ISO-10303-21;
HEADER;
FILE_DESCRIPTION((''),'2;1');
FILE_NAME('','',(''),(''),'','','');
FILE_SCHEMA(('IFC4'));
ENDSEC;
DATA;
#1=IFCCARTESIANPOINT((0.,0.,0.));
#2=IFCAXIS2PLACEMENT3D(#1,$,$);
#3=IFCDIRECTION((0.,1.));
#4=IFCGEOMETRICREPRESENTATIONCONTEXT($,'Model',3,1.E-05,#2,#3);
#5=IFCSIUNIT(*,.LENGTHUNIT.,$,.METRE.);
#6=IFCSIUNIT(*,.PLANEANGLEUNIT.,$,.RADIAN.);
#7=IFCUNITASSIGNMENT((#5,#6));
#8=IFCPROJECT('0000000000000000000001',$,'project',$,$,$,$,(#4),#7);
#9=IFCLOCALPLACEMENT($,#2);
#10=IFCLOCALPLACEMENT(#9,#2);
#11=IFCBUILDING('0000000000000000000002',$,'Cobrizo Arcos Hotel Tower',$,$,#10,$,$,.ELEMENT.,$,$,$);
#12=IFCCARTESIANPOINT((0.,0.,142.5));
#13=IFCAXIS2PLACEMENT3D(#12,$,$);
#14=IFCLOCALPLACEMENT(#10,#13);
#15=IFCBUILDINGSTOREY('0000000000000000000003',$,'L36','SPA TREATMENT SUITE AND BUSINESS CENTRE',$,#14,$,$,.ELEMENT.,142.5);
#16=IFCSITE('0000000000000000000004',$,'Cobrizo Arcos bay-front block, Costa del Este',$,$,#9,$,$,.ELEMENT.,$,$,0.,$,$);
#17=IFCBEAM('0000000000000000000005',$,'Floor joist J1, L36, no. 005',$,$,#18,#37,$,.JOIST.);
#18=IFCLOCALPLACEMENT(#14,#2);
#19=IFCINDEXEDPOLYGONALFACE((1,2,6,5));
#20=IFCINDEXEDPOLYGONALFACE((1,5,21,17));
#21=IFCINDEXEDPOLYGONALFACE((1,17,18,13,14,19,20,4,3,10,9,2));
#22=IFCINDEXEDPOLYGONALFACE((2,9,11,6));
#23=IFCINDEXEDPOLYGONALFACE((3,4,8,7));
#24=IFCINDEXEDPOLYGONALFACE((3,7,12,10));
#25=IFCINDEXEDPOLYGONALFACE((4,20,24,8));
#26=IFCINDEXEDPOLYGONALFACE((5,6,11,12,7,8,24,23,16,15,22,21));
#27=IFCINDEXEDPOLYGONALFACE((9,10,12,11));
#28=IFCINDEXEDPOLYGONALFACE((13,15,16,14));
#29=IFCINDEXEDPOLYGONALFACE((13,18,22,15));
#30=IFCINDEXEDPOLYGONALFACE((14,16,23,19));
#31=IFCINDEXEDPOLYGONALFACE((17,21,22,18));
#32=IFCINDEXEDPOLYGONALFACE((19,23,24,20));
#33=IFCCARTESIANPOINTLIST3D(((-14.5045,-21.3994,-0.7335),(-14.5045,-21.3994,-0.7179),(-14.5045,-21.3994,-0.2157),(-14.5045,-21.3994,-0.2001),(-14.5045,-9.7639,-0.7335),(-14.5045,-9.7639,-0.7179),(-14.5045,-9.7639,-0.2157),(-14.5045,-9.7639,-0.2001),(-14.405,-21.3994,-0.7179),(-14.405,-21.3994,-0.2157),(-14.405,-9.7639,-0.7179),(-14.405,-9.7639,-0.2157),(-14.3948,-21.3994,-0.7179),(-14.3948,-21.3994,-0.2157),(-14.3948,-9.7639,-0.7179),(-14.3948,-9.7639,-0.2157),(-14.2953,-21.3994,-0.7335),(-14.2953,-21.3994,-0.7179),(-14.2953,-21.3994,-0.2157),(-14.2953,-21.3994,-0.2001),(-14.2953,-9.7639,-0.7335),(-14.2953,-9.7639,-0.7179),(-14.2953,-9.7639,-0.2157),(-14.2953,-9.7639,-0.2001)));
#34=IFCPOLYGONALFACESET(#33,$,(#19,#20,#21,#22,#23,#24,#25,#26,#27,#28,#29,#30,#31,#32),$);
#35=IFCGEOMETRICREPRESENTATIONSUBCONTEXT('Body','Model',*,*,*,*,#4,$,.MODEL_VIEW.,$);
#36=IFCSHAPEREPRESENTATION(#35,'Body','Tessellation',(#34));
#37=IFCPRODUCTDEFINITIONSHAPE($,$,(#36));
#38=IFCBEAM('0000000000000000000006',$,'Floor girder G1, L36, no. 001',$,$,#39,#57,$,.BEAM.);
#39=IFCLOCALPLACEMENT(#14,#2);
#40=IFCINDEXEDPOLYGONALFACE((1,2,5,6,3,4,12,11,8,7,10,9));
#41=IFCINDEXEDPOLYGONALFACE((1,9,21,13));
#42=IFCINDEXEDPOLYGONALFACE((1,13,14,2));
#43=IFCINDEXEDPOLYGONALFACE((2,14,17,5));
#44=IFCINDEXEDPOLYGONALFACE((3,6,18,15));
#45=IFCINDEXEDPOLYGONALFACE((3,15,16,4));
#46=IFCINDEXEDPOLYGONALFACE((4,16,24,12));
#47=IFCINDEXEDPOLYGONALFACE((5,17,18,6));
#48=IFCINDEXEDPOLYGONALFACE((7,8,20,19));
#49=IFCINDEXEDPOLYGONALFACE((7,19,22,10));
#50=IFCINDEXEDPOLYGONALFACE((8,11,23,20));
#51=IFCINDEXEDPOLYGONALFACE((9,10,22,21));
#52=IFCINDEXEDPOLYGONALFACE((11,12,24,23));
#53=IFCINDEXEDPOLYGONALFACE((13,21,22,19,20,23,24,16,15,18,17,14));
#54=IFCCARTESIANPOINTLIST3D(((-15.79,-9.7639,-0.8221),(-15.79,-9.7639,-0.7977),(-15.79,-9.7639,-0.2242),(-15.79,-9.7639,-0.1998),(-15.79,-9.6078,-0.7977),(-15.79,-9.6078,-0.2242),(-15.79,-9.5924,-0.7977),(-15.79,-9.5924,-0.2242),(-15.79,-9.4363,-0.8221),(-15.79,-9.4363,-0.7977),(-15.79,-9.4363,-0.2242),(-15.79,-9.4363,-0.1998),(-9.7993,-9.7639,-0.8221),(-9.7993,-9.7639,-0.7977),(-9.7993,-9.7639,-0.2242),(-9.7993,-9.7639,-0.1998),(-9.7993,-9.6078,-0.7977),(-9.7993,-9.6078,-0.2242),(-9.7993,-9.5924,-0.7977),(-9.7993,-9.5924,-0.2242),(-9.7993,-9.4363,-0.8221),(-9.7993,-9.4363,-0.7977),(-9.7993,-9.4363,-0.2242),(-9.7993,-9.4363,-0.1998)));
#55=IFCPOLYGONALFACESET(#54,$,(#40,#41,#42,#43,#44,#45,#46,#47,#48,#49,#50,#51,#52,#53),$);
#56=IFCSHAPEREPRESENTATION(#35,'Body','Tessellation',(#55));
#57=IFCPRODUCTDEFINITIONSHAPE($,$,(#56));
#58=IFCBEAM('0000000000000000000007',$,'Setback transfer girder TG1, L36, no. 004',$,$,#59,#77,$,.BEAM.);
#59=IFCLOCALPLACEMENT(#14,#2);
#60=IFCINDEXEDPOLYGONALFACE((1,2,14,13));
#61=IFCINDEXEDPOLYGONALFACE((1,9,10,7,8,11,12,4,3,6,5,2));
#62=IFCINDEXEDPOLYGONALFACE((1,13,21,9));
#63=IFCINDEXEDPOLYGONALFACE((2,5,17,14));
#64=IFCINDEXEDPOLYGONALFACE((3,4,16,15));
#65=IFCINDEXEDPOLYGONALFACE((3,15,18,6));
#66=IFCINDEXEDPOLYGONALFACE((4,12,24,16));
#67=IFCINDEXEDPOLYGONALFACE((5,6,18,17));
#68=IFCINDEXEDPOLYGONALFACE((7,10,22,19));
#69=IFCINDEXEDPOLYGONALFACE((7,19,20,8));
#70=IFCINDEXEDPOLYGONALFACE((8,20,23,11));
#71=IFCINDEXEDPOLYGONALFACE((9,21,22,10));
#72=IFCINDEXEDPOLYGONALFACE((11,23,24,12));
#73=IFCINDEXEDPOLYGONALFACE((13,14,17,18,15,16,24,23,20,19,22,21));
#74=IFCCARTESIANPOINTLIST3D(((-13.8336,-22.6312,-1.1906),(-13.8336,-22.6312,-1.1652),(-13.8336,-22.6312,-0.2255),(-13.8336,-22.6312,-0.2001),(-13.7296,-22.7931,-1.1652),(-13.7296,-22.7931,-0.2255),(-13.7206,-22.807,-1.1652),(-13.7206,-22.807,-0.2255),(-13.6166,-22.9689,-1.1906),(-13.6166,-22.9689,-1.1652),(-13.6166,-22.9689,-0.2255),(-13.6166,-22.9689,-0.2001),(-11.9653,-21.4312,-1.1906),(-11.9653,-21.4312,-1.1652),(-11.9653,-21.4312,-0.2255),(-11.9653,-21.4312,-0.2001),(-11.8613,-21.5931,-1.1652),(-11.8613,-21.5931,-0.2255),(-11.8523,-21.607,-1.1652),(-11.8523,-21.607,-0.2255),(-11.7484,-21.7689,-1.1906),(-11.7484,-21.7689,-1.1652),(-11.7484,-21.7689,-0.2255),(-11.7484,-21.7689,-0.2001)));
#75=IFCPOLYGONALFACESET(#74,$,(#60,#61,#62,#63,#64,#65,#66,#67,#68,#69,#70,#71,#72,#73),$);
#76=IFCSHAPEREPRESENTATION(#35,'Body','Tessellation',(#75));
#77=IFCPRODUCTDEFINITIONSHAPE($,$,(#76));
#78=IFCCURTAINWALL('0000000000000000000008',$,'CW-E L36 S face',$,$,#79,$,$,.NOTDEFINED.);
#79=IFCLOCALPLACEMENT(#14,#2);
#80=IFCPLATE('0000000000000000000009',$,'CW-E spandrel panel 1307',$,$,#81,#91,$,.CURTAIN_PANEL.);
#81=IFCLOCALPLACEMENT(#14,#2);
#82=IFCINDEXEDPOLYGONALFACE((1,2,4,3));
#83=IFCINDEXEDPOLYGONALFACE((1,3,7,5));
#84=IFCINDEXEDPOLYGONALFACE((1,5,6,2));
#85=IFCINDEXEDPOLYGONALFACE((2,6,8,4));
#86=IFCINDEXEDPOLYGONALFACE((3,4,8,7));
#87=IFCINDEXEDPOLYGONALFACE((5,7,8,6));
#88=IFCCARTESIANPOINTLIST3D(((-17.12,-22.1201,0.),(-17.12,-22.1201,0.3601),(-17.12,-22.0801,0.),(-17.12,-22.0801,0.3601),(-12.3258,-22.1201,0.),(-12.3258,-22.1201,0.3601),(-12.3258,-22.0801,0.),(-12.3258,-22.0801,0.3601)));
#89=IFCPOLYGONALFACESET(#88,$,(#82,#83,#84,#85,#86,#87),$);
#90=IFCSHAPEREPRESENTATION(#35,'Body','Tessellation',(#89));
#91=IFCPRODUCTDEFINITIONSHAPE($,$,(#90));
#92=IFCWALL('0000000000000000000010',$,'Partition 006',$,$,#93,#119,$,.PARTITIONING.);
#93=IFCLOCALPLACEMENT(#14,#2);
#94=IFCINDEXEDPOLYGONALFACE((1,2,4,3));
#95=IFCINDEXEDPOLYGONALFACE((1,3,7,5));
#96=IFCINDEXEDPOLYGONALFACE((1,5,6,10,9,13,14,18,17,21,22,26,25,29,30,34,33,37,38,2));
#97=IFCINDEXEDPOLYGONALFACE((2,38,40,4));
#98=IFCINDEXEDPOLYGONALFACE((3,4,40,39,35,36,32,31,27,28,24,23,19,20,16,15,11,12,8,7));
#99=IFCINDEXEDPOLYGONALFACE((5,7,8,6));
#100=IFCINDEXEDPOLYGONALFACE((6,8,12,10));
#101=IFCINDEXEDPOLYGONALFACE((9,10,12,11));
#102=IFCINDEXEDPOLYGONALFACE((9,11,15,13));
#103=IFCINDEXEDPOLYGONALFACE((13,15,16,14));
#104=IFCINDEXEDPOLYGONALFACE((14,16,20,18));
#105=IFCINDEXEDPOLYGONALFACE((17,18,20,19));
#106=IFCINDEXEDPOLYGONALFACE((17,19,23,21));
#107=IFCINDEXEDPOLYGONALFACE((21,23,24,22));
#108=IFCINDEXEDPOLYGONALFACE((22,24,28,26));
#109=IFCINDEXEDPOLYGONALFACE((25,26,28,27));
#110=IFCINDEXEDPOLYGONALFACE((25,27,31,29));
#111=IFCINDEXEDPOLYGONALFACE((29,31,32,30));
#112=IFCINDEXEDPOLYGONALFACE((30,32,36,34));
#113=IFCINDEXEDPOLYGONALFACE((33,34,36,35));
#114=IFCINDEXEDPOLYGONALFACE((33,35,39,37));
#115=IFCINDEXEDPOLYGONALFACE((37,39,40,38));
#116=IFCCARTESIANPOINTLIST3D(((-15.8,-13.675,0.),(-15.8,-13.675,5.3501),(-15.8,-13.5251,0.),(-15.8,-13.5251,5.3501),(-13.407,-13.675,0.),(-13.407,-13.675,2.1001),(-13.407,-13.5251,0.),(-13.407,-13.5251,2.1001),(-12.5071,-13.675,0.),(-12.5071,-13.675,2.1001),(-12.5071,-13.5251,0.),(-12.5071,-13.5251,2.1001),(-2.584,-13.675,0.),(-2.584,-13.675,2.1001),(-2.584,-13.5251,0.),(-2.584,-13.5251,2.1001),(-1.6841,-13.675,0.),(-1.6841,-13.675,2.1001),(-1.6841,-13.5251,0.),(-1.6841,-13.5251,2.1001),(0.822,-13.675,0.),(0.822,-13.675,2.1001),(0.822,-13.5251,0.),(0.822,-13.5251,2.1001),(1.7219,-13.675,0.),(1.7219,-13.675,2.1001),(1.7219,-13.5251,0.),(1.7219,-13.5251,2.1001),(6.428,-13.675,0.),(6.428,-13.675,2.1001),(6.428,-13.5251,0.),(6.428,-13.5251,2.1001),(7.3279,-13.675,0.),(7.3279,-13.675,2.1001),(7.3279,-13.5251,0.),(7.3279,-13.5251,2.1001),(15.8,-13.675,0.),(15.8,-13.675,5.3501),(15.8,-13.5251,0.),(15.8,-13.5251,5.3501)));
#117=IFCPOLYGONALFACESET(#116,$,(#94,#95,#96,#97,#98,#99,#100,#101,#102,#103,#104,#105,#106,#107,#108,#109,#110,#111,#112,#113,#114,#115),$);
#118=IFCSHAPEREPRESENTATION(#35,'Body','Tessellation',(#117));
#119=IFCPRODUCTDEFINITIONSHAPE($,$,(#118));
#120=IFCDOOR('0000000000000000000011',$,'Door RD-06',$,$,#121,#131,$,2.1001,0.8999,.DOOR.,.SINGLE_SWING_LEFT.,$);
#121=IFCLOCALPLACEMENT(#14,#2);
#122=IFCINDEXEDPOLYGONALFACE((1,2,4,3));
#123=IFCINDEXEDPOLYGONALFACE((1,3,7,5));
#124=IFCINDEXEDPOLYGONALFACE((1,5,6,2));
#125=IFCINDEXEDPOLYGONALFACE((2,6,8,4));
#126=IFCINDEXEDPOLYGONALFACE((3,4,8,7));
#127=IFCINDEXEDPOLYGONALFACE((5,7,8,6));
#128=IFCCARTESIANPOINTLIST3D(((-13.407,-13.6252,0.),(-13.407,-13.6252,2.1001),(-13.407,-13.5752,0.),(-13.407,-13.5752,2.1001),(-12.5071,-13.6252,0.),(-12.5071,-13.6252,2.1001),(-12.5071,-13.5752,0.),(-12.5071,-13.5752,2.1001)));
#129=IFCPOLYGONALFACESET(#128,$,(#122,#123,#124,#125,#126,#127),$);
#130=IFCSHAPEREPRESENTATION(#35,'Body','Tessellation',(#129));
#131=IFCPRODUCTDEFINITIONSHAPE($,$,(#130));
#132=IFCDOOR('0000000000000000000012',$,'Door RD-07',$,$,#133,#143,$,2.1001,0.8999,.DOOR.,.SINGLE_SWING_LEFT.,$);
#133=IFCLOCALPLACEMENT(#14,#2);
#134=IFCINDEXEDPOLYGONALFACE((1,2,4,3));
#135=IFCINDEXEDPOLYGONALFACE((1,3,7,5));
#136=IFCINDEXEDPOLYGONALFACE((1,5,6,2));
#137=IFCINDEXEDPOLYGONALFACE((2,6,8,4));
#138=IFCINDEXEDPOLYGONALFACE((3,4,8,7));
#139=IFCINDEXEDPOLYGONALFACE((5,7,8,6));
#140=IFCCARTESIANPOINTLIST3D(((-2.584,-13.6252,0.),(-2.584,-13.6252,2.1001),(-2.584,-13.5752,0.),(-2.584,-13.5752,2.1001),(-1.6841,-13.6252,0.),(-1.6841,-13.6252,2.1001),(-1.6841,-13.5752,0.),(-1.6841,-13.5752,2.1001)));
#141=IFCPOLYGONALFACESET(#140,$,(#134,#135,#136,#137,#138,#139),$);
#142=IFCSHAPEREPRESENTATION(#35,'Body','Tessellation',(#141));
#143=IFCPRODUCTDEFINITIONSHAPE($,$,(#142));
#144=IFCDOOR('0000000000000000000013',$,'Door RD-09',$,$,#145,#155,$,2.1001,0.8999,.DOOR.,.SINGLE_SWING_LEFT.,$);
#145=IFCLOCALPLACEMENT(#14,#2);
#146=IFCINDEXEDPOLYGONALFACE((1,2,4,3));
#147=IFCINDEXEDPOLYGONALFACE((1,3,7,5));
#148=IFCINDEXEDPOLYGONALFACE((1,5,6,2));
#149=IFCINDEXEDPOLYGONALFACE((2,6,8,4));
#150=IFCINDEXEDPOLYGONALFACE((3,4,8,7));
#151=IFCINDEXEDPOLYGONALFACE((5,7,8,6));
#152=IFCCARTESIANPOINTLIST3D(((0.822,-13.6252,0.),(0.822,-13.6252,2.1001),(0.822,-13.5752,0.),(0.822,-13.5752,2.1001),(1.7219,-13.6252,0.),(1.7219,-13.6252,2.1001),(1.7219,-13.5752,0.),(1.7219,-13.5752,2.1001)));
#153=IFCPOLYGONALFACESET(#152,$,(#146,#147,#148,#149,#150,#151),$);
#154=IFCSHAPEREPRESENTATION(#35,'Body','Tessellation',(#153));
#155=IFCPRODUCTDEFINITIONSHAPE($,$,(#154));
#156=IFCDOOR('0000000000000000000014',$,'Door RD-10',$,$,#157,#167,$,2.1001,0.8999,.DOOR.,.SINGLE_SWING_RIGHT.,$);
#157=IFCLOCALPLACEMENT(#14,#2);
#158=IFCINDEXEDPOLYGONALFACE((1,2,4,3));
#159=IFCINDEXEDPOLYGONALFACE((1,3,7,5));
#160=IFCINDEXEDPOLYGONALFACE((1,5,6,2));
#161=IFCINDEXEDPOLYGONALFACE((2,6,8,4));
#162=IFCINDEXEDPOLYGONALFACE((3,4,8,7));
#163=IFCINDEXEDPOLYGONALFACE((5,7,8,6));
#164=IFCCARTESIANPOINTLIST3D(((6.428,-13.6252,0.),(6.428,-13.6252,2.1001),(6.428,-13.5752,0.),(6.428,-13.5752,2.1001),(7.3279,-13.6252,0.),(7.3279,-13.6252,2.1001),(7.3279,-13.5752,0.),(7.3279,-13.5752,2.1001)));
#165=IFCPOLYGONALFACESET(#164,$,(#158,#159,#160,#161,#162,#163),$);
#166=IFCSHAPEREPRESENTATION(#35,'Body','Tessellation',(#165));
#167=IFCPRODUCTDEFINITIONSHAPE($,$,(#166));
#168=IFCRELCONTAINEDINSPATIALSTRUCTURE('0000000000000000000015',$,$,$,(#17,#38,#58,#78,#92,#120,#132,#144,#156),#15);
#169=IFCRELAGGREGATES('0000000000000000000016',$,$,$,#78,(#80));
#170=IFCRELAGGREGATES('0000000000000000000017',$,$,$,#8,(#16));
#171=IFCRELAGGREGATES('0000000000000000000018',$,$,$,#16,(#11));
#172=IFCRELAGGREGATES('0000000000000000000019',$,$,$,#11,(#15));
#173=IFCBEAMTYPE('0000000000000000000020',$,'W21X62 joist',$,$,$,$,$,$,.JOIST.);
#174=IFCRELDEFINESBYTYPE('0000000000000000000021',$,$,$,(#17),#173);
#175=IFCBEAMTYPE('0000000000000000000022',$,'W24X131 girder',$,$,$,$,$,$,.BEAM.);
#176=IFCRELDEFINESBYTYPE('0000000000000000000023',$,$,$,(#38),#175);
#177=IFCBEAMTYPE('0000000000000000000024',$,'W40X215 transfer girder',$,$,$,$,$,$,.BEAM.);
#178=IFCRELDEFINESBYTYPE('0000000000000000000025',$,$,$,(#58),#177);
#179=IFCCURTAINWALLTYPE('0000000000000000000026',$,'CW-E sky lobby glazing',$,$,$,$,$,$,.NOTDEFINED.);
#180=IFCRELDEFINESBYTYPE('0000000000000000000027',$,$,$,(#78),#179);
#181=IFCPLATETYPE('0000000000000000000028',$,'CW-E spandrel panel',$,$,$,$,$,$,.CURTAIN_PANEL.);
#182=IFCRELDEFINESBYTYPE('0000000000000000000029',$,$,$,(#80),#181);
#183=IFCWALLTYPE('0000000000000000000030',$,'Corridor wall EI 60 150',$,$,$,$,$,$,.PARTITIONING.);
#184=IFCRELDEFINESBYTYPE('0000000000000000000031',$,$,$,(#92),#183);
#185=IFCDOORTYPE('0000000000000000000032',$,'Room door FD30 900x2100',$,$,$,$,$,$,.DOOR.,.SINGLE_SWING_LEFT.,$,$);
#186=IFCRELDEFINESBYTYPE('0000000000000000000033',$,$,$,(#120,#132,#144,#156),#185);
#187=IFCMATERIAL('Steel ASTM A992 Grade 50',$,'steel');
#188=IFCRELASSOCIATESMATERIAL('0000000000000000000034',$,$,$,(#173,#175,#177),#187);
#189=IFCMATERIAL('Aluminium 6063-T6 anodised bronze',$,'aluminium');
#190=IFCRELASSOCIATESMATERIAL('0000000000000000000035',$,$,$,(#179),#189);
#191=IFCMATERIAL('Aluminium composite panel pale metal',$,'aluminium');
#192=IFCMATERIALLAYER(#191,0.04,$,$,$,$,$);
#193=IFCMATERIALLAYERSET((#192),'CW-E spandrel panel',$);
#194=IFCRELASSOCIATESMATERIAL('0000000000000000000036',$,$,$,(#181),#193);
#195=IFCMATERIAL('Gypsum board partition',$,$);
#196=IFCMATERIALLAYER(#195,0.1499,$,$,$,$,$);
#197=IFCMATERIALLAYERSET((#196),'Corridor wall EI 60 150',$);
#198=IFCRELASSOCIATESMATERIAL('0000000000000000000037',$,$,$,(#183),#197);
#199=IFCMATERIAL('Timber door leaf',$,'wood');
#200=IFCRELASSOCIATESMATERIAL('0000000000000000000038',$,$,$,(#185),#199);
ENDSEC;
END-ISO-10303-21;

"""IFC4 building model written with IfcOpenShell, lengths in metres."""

from ifc_helpers import new_model, si_unit, direction, frame, frame_2d, origin, origin_2d, place, context, subcontext, project, spatial, rectangle, i_section, extrude, material, layer, layer_set, material_profile, profile_set, type_object, element, fill, aggregate, save


model = new_model("IFC4")

# Units and contexts
model_context = context("Model", 3, precision=1e-05, world=origin(), true_north=direction((0.0, 1.0)))
body_context = subcontext(model_context, "Body", "Model", "MODEL_VIEW")
ifc_project = project(units=[si_unit("LENGTHUNIT", "METRE"), si_unit("PLANEANGLEUNIT", "RADIAN")], contexts=[model_context])

# Site, building, storey
site_placement = place(None, origin())
site = spatial("IfcSite", under=ifc_project, at=site_placement, Name="Cobrizo Arcos bay-front block, Costa del Este", CompositionType="ELEMENT", RefElevation=0.0)
building_placement = place(site_placement, origin())
building = spatial("IfcBuilding", under=site, at=building_placement, Name="Cobrizo Arcos Hotel Tower", CompositionType="ELEMENT")
storey_placement = place(building_placement, frame((0.0, 0.0, 142.5)))
storey = spatial("IfcBuildingStorey", under=building, at=storey_placement, Name="L36", Description="SPA TREATMENT SUITE AND BUSINESS CENTRE", CompositionType="ELEMENT", Elevation=142.5)

# Beams
ifc_material_1 = material(Name="Steel ASTM A992 Grade 50", Category="steel")
ifc_material_profile_1 = material_profile(ifc_material_1, i_section(OverallWidth=0.2092, OverallDepth=0.5334, WebThickness=0.0103, FlangeThickness=0.0156, at=origin_2d()), Name="W21X62")
ifc_profile_set_1 = profile_set([ifc_material_profile_1], Name="Steel ASTM A992 Grade 50")
beam_type_1 = type_object("IfcBeamType", Name="W21X62 joist", PredefinedType="JOIST", material=ifc_profile_set_1)
beam_1_placement = place(storey_placement, frame((-14.3999, -21.3994, -0.4668), z_axis=(0.0, 1.0, 0.0), x_axis=(-1.0, 0.0, 0.0)))
element("IfcBeam", 1, at=beam_1_placement, inside=storey, type_object=beam_type_1, Name="Floor joist J1, L36, no. 005", PredefinedType="JOIST", context=body_context, shape_type="SweptSolid", body=[
    extrude(i_section(OverallWidth=0.2092, OverallDepth=0.5334, WebThickness=0.0103, FlangeThickness=0.0156, at=origin_2d()), origin(), (0.0, 0.0, 1.0), 11.6355),
])
ifc_material_profile_2 = material_profile(ifc_material_1, i_section(OverallWidth=0.3276, OverallDepth=0.6223, WebThickness=0.0154, FlangeThickness=0.0244, at=origin_2d()), Name="W24X131")
ifc_profile_set_2 = profile_set([ifc_material_profile_2], Name="Steel ASTM A992 Grade 50")
beam_type_2 = type_object("IfcBeamType", Name="W24X131 girder", PredefinedType="BEAM", material=ifc_profile_set_2)
beam_2_placement = place(storey_placement, frame((-15.79, -9.6001, -0.511), z_axis=(1.0, 0.0, 0.0), x_axis=(0.0, 1.0, 0.0)))
element("IfcBeam", 2, at=beam_2_placement, inside=storey, type_object=beam_type_2, Name="Floor girder G1, L36, no. 001", PredefinedType="BEAM", context=body_context, shape_type="SweptSolid", body=[
    extrude(i_section(OverallWidth=0.3276, OverallDepth=0.6223, WebThickness=0.0154, FlangeThickness=0.0244, at=origin_2d()), origin(), (0.0, 0.0, 1.0), 5.9907),
])
ifc_material_profile_3 = material_profile(ifc_material_1, i_section(OverallWidth=0.4014, OverallDepth=0.9905, WebThickness=0.0166, FlangeThickness=0.0254, at=origin_2d()), Name="W40X215")
ifc_profile_set_3 = profile_set([ifc_material_profile_3], Name="Steel ASTM A992 Grade 50")
beam_type_3 = type_object("IfcBeamType", Name="W40X215 transfer girder", PredefinedType="BEAM", material=ifc_profile_set_3)
beam_3_placement = place(storey_placement, frame((-13.7251, -22.8, -0.6953), z_axis=(0.841386, 0.540435, 0.0), x_axis=(-0.540435, 0.841386, 0.0)))
element("IfcBeam", 3, at=beam_3_placement, inside=storey, type_object=beam_type_3, Name="Setback transfer girder TG1, L36, no. 004", PredefinedType="BEAM", context=body_context, shape_type="SweptSolid", body=[
    extrude(i_section(OverallWidth=0.4014, OverallDepth=0.9905, WebThickness=0.0166, FlangeThickness=0.0254, at=origin_2d()), origin(), (0.0, 0.0, 1.0), 2.2205),
])

# Curtain wall, plate
ifc_material_2 = material(Name="Aluminium 6063-T6 anodised bronze", Category="aluminium")
curtain_wall_type = type_object("IfcCurtainWallType", Name="CW-E sky lobby glazing", PredefinedType="NOTDEFINED", material=ifc_material_2)
curtain_wall_placement = place(storey_placement, origin())
curtain_wall = element("IfcCurtainWall", 4, at=curtain_wall_placement, inside=storey, type_object=curtain_wall_type, Name="CW-E L36 S face", PredefinedType="NOTDEFINED")
ifc_material_3 = material(Name="Aluminium composite panel pale metal", Category="aluminium")
ifc_layer_1 = layer(ifc_material_3, 0.04)
ifc_layer_set_1 = layer_set([ifc_layer_1], Name="CW-E spandrel panel")
plate_type = type_object("IfcPlateType", Name="CW-E spandrel panel", PredefinedType="CURTAIN_PANEL", material=ifc_layer_set_1)
plate_placement = place(storey_placement, frame((-14.7229, -22.1001, 0.0), z_axis=(0.0, 0.0, 1.0), x_axis=(1.0, 0.0, 0.0)))
plate = element("IfcPlate", 5, at=plate_placement, type_object=plate_type, Name="CW-E spandrel panel 1307", PredefinedType="CURTAIN_PANEL", context=body_context, shape_type="SweptSolid", body=[
    extrude(rectangle(XDim=4.7942, YDim=0.04, at=origin_2d()), origin(), (0.0, 0.0, 1.0), 0.3601),
])
aggregate(curtain_wall, [plate])

# Wall, openings, doors
ifc_material_4 = material(Name="Gypsum board partition")
ifc_layer_2 = layer(ifc_material_4, 0.1499)
ifc_layer_set_2 = layer_set([ifc_layer_2], Name="Corridor wall EI 60 150")
wall_type_1 = type_object("IfcWallType", Name="Corridor wall EI 60 150", PredefinedType="PARTITIONING", material=ifc_layer_set_2)
wall_1_placement = place(storey_placement, frame((-15.8, -13.6001, 0.0), z_axis=(0.0, 0.0, 1.0), x_axis=(1.0, 0.0, 0.0)))
wall_1 = element("IfcWall", 6, at=wall_1_placement, inside=storey, type_object=wall_type_1, Name="Partition 006", PredefinedType="PARTITIONING", context=body_context, shape_type="SweptSolid", body=[
    extrude(rectangle(XDim=31.6001, YDim=0.1499, at=frame_2d((15.8, 0.0))), origin(), (0.0, 0.0, 1.0), 5.3501),
])
opening_1_placement = place(wall_1_placement, frame((2.3931, 0.0, 0.0)))
opening_1 = element("IfcOpeningElement", 7, at=opening_1_placement, cuts=wall_1, PredefinedType="OPENING", context=body_context, shape_type="SweptSolid", body=[
    extrude(rectangle(XDim=0.8999, YDim=2.1001, at=frame_2d((0.45, 1.05))), frame((0.0, 0.0869, 0.0), z_axis=(0.0, -1.0, 0.0), x_axis=(1.0, 0.0, 0.0)), (0.0, 0.0, 1.0), 0.1738),
])
opening_2_placement = place(wall_1_placement, frame((13.2161, 0.0, 0.0)))
opening_2 = element("IfcOpeningElement", 8, at=opening_2_placement, cuts=wall_1, PredefinedType="OPENING", context=body_context, shape_type="SweptSolid", body=[
    extrude(rectangle(XDim=0.8999, YDim=2.1001, at=frame_2d((0.45, 1.05))), frame((0.0, 0.0869, 0.0), z_axis=(0.0, -1.0, 0.0), x_axis=(1.0, 0.0, 0.0)), (0.0, 0.0, 1.0), 0.1738),
])
opening_3_placement = place(wall_1_placement, frame((16.6221, 0.0, 0.0)))
opening_3 = element("IfcOpeningElement", 9, at=opening_3_placement, cuts=wall_1, PredefinedType="OPENING", context=body_context, shape_type="SweptSolid", body=[
    extrude(rectangle(XDim=0.8999, YDim=2.1001, at=frame_2d((0.45, 1.05))), frame((0.0, 0.0869, 0.0), z_axis=(0.0, -1.0, 0.0), x_axis=(1.0, 0.0, 0.0)), (0.0, 0.0, 1.0), 0.1738),
])
opening_4_placement = place(wall_1_placement, frame((22.228, 0.0, 0.0)))
opening_4 = element("IfcOpeningElement", 10, at=opening_4_placement, cuts=wall_1, PredefinedType="OPENING", context=body_context, shape_type="SweptSolid", body=[
    extrude(rectangle(XDim=0.8999, YDim=2.1001, at=frame_2d((0.45, 1.05))), frame((0.0, 0.0869, 0.0), z_axis=(0.0, -1.0, 0.0), x_axis=(1.0, 0.0, 0.0)), (0.0, 0.0, 1.0), 0.1738),
])
ifc_material_5 = material(Name="Timber door leaf", Category="wood")
door_type_1 = type_object("IfcDoorType", Name="Room door FD30 900x2100", OperationType="SINGLE_SWING_LEFT", PredefinedType="DOOR", material=ifc_material_5)
door_1_placement = place(opening_1_placement, origin())
door_1 = element("IfcDoor", 11, at=door_1_placement, inside=storey, type_object=door_type_1, Name="Door RD-06", OperationType="SINGLE_SWING_LEFT", OverallHeight=2.1001, OverallWidth=0.8999, PredefinedType="DOOR", context=body_context, shape_type="SweptSolid", body=[
    extrude(rectangle(XDim=0.8999, YDim=2.1001, at=frame_2d((0.45, 1.05))), frame((0.0, 0.0249, 0.0), z_axis=(0.0, -1.0, 0.0), x_axis=(1.0, 0.0, 0.0)), (0.0, 0.0, 1.0), 0.05),
])
fill(opening_1, door_1)
door_2_placement = place(opening_2_placement, origin())
door_2 = element("IfcDoor", 12, at=door_2_placement, inside=storey, type_object=door_type_1, Name="Door RD-07", OperationType="SINGLE_SWING_LEFT", OverallHeight=2.1001, OverallWidth=0.8999, PredefinedType="DOOR", context=body_context, shape_type="SweptSolid", body=[
    extrude(rectangle(XDim=0.8999, YDim=2.1001, at=frame_2d((0.45, 1.05))), frame((0.0, 0.0249, 0.0), z_axis=(0.0, -1.0, 0.0), x_axis=(1.0, 0.0, 0.0)), (0.0, 0.0, 1.0), 0.05),
])
fill(opening_2, door_2)
door_3_placement = place(opening_3_placement, origin())
door_3 = element("IfcDoor", 13, at=door_3_placement, inside=storey, type_object=door_type_1, Name="Door RD-09", OperationType="SINGLE_SWING_LEFT", OverallHeight=2.1001, OverallWidth=0.8999, PredefinedType="DOOR", context=body_context, shape_type="SweptSolid", body=[
    extrude(rectangle(XDim=0.8999, YDim=2.1001, at=frame_2d((0.45, 1.05))), frame((0.0, 0.0249, 0.0), z_axis=(0.0, -1.0, 0.0), x_axis=(1.0, 0.0, 0.0)), (0.0, 0.0, 1.0), 0.05),
])
fill(opening_3, door_3)
door_4_placement = place(opening_4_placement, origin())
door_4 = element("IfcDoor", 14, at=door_4_placement, inside=storey, type_object=door_type_1, Name="Door RD-10", OperationType="SINGLE_SWING_RIGHT", OverallHeight=2.1001, OverallWidth=0.8999, PredefinedType="DOOR", context=body_context, shape_type="SweptSolid", body=[
    extrude(rectangle(XDim=0.8999, YDim=2.1001, at=frame_2d((0.45, 1.05))), frame((0.0, 0.0249, 0.0), z_axis=(0.0, -1.0, 0.0), x_axis=(1.0, 0.0, 0.0)), (0.0, 0.0, 1.0), 0.05),
])
fill(opening_4, door_4)

save(model, "model.ifc")
